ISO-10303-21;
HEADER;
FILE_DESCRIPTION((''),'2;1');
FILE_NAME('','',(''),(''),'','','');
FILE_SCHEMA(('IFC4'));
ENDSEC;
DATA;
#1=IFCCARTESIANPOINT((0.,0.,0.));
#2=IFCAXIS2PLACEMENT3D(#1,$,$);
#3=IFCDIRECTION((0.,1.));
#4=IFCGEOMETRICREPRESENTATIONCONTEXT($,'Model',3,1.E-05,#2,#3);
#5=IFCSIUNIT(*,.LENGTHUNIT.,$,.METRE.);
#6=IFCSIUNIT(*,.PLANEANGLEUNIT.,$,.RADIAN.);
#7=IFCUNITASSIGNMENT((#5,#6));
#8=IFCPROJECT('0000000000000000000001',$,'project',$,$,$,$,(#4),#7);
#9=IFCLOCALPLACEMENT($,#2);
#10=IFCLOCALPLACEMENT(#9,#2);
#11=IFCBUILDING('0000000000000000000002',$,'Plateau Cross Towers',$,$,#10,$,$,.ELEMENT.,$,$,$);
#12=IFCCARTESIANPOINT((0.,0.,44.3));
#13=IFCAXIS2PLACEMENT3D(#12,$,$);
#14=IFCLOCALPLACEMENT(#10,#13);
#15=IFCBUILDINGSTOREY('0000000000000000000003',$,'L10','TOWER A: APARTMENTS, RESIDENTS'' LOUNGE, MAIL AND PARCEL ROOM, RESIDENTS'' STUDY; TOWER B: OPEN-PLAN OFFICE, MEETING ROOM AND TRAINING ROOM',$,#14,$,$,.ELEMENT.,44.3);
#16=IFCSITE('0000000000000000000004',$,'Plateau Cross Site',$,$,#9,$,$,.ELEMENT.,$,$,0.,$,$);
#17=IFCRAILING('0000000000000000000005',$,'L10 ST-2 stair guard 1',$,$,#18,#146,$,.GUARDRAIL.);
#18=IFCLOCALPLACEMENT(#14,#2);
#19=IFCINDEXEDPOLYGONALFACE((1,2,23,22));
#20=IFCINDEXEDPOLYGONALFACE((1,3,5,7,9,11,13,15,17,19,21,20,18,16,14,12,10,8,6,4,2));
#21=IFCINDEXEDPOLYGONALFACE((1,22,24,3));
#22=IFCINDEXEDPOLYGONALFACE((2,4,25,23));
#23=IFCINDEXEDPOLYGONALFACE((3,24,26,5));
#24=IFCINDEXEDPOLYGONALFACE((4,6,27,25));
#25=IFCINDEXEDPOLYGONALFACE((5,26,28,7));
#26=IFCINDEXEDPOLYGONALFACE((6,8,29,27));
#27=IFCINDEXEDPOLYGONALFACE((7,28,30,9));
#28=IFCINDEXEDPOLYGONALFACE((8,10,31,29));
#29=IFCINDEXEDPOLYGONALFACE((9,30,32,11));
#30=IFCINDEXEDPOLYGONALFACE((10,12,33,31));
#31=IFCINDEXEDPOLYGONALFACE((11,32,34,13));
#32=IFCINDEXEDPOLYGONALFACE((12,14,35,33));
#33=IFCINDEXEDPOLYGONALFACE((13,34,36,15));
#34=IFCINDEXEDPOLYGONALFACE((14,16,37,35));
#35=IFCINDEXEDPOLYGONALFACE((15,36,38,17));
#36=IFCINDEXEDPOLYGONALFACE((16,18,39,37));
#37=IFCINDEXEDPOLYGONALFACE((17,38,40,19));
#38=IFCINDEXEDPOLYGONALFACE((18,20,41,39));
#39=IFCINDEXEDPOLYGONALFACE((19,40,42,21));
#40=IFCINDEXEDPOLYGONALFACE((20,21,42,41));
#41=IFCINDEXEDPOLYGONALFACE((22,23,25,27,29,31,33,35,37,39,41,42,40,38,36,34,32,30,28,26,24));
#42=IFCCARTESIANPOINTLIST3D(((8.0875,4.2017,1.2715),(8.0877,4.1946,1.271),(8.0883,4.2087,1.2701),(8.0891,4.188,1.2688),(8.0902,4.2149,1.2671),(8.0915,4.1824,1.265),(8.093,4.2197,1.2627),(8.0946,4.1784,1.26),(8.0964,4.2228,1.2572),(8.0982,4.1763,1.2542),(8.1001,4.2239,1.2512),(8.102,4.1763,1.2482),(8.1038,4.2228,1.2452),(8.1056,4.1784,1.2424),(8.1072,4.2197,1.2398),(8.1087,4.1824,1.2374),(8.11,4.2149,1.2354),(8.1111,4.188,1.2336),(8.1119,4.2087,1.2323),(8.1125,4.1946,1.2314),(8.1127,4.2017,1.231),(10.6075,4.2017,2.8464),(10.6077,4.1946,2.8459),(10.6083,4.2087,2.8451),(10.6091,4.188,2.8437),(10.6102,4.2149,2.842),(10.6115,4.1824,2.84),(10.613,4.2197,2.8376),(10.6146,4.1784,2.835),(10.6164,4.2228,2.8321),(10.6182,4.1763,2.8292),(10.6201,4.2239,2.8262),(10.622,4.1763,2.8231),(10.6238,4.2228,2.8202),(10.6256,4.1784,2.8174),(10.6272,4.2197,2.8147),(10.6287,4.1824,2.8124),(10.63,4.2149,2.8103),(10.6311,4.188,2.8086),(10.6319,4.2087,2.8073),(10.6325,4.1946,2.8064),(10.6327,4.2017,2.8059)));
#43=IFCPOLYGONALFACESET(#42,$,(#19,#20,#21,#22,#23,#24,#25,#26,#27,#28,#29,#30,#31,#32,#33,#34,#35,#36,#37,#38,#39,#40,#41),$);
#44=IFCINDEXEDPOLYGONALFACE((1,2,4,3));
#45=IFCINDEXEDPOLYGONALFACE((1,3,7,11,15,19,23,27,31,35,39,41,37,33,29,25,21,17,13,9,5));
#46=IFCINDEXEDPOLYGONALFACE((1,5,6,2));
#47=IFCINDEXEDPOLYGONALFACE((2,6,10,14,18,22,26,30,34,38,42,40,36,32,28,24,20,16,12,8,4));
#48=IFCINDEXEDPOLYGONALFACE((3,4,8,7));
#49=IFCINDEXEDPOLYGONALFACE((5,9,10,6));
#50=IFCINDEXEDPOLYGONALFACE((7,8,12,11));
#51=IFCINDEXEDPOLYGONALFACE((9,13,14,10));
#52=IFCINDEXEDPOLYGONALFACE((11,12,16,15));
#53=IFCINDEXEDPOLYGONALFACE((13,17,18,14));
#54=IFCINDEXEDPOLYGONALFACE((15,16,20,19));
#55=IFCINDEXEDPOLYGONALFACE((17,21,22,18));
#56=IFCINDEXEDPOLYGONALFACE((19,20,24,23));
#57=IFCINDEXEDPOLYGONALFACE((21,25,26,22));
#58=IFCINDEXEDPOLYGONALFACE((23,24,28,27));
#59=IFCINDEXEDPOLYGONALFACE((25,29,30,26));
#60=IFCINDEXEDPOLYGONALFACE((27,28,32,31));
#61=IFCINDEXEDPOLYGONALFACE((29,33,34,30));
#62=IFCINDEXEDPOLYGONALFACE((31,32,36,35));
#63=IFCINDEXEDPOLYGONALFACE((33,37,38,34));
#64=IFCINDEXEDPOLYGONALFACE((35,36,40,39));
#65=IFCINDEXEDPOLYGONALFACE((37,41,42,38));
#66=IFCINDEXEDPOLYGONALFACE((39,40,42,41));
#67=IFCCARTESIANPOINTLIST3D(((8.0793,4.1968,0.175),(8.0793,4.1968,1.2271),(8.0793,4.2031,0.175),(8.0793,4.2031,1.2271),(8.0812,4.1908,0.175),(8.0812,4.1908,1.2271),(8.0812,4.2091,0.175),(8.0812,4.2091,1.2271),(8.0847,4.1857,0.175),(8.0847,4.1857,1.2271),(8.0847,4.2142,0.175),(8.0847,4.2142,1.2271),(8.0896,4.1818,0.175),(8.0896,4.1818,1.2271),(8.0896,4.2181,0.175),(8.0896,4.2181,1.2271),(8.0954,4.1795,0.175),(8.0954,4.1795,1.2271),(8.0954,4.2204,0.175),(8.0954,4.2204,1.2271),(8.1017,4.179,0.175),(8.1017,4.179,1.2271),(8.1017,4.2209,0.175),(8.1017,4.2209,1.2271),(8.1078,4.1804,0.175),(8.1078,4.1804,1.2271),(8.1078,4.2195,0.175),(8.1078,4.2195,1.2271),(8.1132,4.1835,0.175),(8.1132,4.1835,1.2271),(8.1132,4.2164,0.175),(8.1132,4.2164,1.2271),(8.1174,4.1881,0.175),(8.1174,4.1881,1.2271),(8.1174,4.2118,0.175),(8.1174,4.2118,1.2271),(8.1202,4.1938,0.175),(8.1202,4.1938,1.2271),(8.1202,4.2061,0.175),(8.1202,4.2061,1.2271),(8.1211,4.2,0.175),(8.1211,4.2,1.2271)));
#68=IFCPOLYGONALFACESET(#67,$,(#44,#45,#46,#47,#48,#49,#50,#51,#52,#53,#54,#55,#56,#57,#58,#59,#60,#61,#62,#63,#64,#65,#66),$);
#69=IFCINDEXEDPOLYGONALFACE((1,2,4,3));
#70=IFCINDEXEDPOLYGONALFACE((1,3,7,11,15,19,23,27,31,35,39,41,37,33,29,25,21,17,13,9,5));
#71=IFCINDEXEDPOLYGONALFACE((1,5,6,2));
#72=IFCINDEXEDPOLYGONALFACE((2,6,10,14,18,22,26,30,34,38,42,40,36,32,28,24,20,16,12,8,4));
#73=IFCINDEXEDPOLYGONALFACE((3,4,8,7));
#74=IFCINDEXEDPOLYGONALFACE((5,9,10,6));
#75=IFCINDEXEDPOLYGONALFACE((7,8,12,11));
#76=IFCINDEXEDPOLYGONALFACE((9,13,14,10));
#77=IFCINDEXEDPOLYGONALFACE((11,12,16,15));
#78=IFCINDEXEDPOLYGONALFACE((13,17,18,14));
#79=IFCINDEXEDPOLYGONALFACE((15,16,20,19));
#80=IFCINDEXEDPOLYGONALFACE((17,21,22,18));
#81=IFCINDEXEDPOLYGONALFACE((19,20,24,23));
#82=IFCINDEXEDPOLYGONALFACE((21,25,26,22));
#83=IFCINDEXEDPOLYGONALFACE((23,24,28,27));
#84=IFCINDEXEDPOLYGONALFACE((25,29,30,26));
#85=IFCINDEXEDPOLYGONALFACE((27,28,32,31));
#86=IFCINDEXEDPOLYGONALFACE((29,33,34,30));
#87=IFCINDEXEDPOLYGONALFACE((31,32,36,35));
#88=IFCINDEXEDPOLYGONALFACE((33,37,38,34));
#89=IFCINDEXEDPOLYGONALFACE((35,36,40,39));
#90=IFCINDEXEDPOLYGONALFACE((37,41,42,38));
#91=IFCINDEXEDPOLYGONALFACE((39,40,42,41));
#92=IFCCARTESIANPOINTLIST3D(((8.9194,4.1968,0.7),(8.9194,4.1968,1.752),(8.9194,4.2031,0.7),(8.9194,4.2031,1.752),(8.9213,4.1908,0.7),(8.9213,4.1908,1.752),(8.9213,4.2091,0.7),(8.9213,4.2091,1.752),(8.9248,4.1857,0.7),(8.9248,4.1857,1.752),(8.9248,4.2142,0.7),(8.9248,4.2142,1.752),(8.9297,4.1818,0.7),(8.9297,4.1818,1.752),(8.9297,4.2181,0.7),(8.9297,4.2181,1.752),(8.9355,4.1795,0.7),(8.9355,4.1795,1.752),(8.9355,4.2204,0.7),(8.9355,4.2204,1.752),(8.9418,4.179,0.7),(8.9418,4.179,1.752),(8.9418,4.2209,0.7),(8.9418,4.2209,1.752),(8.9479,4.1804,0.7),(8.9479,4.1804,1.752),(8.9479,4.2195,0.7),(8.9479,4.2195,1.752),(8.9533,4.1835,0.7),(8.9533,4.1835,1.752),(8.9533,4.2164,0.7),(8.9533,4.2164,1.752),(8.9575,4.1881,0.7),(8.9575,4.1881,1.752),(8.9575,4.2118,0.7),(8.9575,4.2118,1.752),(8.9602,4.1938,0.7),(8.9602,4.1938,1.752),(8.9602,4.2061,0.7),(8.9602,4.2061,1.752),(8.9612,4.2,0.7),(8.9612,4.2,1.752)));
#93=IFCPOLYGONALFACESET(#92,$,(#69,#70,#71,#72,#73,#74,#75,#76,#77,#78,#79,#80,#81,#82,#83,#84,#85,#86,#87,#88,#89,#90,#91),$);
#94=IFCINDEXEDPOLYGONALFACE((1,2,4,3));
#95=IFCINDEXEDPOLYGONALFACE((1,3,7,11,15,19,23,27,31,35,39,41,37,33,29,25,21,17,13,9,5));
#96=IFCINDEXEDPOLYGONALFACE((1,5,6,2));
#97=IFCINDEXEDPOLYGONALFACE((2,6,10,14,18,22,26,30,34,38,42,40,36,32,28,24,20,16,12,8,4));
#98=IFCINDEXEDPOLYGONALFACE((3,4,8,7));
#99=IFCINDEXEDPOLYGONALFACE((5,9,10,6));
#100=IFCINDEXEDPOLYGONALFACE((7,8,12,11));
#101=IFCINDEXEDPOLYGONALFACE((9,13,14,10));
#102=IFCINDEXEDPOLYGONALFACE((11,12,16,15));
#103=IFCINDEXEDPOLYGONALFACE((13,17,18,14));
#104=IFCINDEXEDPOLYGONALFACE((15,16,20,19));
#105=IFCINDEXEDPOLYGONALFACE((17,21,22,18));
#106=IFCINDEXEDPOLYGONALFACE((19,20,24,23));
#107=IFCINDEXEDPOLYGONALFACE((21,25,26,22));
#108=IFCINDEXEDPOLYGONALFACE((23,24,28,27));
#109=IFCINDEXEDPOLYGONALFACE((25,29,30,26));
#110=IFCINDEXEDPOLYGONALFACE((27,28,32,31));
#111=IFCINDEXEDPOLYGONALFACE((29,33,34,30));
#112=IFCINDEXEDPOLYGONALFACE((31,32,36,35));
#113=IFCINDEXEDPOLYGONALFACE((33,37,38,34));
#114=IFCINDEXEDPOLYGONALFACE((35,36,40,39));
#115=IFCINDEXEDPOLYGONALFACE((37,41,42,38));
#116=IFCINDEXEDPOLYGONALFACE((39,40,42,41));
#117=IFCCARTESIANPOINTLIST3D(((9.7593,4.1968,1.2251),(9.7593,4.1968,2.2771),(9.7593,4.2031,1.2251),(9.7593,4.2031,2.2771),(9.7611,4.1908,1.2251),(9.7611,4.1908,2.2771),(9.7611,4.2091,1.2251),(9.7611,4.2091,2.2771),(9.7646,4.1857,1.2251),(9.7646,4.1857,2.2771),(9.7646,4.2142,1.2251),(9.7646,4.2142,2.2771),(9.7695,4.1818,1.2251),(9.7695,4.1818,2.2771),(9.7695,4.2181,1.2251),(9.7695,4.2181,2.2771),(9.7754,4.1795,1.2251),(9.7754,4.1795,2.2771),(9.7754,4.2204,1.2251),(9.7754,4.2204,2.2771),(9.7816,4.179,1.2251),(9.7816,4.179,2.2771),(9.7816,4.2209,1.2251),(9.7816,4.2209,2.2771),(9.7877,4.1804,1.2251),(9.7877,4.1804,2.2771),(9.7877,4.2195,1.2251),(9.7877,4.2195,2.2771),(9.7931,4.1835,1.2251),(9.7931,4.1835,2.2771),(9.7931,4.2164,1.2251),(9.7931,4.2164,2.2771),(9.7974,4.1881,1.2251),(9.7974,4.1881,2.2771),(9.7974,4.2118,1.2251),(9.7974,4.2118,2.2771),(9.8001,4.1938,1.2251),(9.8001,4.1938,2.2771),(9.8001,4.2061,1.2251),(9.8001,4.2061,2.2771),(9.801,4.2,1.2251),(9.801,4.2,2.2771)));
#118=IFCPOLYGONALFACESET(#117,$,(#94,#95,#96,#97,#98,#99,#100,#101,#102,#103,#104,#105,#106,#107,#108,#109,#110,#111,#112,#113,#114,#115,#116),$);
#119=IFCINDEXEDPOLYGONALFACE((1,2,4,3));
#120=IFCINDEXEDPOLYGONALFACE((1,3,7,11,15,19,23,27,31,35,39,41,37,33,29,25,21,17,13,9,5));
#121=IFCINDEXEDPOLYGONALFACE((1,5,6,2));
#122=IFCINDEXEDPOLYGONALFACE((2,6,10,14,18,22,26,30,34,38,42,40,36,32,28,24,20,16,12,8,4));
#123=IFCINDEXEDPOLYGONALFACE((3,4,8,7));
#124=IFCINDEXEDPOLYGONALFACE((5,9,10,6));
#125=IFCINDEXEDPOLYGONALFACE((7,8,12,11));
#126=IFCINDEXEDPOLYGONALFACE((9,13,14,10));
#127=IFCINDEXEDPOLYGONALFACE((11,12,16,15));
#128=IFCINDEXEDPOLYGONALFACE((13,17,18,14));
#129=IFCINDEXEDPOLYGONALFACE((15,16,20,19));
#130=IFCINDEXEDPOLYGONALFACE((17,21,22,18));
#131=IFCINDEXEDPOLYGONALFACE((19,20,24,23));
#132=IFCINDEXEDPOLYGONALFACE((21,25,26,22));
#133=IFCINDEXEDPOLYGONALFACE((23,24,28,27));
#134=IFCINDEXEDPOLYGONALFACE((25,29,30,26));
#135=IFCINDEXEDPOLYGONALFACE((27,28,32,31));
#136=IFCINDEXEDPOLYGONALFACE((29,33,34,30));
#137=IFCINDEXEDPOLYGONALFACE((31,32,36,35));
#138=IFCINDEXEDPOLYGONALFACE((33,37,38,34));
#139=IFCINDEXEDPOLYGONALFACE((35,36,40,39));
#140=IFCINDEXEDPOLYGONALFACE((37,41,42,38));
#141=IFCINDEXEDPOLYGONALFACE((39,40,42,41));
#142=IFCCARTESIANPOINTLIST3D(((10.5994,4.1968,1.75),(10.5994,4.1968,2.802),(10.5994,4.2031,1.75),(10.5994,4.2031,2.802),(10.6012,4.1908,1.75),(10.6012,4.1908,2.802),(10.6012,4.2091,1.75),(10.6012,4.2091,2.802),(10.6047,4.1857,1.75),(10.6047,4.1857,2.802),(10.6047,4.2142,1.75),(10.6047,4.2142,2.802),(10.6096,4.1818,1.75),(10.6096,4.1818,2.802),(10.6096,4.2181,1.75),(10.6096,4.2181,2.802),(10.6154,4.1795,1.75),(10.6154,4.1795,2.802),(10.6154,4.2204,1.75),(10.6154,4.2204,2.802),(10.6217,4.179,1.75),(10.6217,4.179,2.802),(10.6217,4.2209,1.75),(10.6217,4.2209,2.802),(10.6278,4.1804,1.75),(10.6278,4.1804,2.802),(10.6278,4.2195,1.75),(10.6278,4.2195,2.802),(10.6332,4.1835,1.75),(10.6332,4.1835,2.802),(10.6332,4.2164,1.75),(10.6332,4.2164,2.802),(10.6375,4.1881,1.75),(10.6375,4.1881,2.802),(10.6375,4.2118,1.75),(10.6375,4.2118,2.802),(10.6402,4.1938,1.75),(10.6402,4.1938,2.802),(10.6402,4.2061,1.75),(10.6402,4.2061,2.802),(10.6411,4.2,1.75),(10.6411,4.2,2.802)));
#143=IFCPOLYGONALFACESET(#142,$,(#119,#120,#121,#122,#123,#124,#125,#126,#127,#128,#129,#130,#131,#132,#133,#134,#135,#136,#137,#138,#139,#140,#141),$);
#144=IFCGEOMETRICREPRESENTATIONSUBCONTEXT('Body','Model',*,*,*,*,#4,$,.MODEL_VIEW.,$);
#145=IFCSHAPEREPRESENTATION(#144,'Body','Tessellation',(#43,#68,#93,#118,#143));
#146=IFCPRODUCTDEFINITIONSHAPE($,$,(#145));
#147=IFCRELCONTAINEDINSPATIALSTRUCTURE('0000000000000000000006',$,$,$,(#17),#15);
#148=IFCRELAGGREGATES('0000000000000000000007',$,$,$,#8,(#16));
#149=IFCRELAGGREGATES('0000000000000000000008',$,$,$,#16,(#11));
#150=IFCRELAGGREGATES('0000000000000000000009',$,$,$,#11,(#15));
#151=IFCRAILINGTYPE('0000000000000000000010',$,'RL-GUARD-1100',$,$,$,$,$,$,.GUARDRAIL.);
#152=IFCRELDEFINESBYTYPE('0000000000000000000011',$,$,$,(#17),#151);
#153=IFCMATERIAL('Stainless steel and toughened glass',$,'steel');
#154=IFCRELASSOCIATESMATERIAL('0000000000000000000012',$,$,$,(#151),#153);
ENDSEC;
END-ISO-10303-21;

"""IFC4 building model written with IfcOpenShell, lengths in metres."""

from ifc_helpers import new_model, si_unit, direction, frame, origin, origin_2d, place, context, subcontext, project, spatial, circle, extrude, material, type_object, element, save


model = new_model("IFC4")

# Units and contexts
model_context = context("Model", 3, precision=1e-05, world=origin(), true_north=direction((0.0, 1.0)))
body_context = subcontext(model_context, "Body", "Model", "MODEL_VIEW")
ifc_project = project(units=[si_unit("LENGTHUNIT", "METRE"), si_unit("PLANEANGLEUNIT", "RADIAN")], contexts=[model_context])

# Site, building, storey
site_placement = place(None, origin())
site = spatial("IfcSite", under=ifc_project, at=site_placement, Name="Plateau Cross Site", CompositionType="ELEMENT", RefElevation=0.0)
building_placement = place(site_placement, origin())
building = spatial("IfcBuilding", under=site, at=building_placement, Name="Plateau Cross Towers", CompositionType="ELEMENT")
storey_placement = place(building_placement, frame((0.0, 0.0, 44.3)))
storey = spatial("IfcBuildingStorey", under=building, at=storey_placement, Name="L10", Description="TOWER A: APARTMENTS, RESIDENTS' LOUNGE, MAIL AND PARCEL ROOM, RESIDENTS' STUDY; TOWER B: OPEN-PLAN OFFICE, MEETING ROOM AND TRAINING ROOM", CompositionType="ELEMENT", Elevation=44.3)

# Railing
ifc_material_1 = material(Name="Stainless steel and toughened glass", Category="steel")
railing_type_1 = type_object("IfcRailingType", Name="RL-GUARD-1100", PredefinedType="GUARDRAIL", material=ifc_material_1)
railing_1_placement = place(storey_placement, frame((8.1001, 4.2, 0.175)))
element("IfcRailing", 1, at=railing_1_placement, inside=storey, type_object=railing_type_1, Name="L10 ST-2 stair guard 1", PredefinedType="GUARDRAIL", context=body_context, shape_type="SweptSolid", body=[
    extrude(circle(Radius=0.0239, at=origin_2d()), frame((0.0, 0.0, 1.0762), z_axis=(0.848008, 0.0, 0.529984), x_axis=(0.0, 1.0, 0.0)), (0.0, 0.0, 1.0), 2.9717),
    extrude(circle(Radius=0.021, at=origin_2d()), origin(), (0.0, 0.0, 1.0), 1.052),
    extrude(circle(Radius=0.021, at=origin_2d()), frame((0.8401, 0.0, 0.5249)), (0.0, 0.0, 1.0), 1.052),
    extrude(circle(Radius=0.021, at=origin_2d()), frame((1.6799, 0.0, 1.05)), (0.0, 0.0, 1.0), 1.052),
    extrude(circle(Radius=0.021, at=origin_2d()), frame((2.52, 0.0, 1.575)), (0.0, 0.0, 1.0), 1.052),
])

save(model, "model.ifc")
